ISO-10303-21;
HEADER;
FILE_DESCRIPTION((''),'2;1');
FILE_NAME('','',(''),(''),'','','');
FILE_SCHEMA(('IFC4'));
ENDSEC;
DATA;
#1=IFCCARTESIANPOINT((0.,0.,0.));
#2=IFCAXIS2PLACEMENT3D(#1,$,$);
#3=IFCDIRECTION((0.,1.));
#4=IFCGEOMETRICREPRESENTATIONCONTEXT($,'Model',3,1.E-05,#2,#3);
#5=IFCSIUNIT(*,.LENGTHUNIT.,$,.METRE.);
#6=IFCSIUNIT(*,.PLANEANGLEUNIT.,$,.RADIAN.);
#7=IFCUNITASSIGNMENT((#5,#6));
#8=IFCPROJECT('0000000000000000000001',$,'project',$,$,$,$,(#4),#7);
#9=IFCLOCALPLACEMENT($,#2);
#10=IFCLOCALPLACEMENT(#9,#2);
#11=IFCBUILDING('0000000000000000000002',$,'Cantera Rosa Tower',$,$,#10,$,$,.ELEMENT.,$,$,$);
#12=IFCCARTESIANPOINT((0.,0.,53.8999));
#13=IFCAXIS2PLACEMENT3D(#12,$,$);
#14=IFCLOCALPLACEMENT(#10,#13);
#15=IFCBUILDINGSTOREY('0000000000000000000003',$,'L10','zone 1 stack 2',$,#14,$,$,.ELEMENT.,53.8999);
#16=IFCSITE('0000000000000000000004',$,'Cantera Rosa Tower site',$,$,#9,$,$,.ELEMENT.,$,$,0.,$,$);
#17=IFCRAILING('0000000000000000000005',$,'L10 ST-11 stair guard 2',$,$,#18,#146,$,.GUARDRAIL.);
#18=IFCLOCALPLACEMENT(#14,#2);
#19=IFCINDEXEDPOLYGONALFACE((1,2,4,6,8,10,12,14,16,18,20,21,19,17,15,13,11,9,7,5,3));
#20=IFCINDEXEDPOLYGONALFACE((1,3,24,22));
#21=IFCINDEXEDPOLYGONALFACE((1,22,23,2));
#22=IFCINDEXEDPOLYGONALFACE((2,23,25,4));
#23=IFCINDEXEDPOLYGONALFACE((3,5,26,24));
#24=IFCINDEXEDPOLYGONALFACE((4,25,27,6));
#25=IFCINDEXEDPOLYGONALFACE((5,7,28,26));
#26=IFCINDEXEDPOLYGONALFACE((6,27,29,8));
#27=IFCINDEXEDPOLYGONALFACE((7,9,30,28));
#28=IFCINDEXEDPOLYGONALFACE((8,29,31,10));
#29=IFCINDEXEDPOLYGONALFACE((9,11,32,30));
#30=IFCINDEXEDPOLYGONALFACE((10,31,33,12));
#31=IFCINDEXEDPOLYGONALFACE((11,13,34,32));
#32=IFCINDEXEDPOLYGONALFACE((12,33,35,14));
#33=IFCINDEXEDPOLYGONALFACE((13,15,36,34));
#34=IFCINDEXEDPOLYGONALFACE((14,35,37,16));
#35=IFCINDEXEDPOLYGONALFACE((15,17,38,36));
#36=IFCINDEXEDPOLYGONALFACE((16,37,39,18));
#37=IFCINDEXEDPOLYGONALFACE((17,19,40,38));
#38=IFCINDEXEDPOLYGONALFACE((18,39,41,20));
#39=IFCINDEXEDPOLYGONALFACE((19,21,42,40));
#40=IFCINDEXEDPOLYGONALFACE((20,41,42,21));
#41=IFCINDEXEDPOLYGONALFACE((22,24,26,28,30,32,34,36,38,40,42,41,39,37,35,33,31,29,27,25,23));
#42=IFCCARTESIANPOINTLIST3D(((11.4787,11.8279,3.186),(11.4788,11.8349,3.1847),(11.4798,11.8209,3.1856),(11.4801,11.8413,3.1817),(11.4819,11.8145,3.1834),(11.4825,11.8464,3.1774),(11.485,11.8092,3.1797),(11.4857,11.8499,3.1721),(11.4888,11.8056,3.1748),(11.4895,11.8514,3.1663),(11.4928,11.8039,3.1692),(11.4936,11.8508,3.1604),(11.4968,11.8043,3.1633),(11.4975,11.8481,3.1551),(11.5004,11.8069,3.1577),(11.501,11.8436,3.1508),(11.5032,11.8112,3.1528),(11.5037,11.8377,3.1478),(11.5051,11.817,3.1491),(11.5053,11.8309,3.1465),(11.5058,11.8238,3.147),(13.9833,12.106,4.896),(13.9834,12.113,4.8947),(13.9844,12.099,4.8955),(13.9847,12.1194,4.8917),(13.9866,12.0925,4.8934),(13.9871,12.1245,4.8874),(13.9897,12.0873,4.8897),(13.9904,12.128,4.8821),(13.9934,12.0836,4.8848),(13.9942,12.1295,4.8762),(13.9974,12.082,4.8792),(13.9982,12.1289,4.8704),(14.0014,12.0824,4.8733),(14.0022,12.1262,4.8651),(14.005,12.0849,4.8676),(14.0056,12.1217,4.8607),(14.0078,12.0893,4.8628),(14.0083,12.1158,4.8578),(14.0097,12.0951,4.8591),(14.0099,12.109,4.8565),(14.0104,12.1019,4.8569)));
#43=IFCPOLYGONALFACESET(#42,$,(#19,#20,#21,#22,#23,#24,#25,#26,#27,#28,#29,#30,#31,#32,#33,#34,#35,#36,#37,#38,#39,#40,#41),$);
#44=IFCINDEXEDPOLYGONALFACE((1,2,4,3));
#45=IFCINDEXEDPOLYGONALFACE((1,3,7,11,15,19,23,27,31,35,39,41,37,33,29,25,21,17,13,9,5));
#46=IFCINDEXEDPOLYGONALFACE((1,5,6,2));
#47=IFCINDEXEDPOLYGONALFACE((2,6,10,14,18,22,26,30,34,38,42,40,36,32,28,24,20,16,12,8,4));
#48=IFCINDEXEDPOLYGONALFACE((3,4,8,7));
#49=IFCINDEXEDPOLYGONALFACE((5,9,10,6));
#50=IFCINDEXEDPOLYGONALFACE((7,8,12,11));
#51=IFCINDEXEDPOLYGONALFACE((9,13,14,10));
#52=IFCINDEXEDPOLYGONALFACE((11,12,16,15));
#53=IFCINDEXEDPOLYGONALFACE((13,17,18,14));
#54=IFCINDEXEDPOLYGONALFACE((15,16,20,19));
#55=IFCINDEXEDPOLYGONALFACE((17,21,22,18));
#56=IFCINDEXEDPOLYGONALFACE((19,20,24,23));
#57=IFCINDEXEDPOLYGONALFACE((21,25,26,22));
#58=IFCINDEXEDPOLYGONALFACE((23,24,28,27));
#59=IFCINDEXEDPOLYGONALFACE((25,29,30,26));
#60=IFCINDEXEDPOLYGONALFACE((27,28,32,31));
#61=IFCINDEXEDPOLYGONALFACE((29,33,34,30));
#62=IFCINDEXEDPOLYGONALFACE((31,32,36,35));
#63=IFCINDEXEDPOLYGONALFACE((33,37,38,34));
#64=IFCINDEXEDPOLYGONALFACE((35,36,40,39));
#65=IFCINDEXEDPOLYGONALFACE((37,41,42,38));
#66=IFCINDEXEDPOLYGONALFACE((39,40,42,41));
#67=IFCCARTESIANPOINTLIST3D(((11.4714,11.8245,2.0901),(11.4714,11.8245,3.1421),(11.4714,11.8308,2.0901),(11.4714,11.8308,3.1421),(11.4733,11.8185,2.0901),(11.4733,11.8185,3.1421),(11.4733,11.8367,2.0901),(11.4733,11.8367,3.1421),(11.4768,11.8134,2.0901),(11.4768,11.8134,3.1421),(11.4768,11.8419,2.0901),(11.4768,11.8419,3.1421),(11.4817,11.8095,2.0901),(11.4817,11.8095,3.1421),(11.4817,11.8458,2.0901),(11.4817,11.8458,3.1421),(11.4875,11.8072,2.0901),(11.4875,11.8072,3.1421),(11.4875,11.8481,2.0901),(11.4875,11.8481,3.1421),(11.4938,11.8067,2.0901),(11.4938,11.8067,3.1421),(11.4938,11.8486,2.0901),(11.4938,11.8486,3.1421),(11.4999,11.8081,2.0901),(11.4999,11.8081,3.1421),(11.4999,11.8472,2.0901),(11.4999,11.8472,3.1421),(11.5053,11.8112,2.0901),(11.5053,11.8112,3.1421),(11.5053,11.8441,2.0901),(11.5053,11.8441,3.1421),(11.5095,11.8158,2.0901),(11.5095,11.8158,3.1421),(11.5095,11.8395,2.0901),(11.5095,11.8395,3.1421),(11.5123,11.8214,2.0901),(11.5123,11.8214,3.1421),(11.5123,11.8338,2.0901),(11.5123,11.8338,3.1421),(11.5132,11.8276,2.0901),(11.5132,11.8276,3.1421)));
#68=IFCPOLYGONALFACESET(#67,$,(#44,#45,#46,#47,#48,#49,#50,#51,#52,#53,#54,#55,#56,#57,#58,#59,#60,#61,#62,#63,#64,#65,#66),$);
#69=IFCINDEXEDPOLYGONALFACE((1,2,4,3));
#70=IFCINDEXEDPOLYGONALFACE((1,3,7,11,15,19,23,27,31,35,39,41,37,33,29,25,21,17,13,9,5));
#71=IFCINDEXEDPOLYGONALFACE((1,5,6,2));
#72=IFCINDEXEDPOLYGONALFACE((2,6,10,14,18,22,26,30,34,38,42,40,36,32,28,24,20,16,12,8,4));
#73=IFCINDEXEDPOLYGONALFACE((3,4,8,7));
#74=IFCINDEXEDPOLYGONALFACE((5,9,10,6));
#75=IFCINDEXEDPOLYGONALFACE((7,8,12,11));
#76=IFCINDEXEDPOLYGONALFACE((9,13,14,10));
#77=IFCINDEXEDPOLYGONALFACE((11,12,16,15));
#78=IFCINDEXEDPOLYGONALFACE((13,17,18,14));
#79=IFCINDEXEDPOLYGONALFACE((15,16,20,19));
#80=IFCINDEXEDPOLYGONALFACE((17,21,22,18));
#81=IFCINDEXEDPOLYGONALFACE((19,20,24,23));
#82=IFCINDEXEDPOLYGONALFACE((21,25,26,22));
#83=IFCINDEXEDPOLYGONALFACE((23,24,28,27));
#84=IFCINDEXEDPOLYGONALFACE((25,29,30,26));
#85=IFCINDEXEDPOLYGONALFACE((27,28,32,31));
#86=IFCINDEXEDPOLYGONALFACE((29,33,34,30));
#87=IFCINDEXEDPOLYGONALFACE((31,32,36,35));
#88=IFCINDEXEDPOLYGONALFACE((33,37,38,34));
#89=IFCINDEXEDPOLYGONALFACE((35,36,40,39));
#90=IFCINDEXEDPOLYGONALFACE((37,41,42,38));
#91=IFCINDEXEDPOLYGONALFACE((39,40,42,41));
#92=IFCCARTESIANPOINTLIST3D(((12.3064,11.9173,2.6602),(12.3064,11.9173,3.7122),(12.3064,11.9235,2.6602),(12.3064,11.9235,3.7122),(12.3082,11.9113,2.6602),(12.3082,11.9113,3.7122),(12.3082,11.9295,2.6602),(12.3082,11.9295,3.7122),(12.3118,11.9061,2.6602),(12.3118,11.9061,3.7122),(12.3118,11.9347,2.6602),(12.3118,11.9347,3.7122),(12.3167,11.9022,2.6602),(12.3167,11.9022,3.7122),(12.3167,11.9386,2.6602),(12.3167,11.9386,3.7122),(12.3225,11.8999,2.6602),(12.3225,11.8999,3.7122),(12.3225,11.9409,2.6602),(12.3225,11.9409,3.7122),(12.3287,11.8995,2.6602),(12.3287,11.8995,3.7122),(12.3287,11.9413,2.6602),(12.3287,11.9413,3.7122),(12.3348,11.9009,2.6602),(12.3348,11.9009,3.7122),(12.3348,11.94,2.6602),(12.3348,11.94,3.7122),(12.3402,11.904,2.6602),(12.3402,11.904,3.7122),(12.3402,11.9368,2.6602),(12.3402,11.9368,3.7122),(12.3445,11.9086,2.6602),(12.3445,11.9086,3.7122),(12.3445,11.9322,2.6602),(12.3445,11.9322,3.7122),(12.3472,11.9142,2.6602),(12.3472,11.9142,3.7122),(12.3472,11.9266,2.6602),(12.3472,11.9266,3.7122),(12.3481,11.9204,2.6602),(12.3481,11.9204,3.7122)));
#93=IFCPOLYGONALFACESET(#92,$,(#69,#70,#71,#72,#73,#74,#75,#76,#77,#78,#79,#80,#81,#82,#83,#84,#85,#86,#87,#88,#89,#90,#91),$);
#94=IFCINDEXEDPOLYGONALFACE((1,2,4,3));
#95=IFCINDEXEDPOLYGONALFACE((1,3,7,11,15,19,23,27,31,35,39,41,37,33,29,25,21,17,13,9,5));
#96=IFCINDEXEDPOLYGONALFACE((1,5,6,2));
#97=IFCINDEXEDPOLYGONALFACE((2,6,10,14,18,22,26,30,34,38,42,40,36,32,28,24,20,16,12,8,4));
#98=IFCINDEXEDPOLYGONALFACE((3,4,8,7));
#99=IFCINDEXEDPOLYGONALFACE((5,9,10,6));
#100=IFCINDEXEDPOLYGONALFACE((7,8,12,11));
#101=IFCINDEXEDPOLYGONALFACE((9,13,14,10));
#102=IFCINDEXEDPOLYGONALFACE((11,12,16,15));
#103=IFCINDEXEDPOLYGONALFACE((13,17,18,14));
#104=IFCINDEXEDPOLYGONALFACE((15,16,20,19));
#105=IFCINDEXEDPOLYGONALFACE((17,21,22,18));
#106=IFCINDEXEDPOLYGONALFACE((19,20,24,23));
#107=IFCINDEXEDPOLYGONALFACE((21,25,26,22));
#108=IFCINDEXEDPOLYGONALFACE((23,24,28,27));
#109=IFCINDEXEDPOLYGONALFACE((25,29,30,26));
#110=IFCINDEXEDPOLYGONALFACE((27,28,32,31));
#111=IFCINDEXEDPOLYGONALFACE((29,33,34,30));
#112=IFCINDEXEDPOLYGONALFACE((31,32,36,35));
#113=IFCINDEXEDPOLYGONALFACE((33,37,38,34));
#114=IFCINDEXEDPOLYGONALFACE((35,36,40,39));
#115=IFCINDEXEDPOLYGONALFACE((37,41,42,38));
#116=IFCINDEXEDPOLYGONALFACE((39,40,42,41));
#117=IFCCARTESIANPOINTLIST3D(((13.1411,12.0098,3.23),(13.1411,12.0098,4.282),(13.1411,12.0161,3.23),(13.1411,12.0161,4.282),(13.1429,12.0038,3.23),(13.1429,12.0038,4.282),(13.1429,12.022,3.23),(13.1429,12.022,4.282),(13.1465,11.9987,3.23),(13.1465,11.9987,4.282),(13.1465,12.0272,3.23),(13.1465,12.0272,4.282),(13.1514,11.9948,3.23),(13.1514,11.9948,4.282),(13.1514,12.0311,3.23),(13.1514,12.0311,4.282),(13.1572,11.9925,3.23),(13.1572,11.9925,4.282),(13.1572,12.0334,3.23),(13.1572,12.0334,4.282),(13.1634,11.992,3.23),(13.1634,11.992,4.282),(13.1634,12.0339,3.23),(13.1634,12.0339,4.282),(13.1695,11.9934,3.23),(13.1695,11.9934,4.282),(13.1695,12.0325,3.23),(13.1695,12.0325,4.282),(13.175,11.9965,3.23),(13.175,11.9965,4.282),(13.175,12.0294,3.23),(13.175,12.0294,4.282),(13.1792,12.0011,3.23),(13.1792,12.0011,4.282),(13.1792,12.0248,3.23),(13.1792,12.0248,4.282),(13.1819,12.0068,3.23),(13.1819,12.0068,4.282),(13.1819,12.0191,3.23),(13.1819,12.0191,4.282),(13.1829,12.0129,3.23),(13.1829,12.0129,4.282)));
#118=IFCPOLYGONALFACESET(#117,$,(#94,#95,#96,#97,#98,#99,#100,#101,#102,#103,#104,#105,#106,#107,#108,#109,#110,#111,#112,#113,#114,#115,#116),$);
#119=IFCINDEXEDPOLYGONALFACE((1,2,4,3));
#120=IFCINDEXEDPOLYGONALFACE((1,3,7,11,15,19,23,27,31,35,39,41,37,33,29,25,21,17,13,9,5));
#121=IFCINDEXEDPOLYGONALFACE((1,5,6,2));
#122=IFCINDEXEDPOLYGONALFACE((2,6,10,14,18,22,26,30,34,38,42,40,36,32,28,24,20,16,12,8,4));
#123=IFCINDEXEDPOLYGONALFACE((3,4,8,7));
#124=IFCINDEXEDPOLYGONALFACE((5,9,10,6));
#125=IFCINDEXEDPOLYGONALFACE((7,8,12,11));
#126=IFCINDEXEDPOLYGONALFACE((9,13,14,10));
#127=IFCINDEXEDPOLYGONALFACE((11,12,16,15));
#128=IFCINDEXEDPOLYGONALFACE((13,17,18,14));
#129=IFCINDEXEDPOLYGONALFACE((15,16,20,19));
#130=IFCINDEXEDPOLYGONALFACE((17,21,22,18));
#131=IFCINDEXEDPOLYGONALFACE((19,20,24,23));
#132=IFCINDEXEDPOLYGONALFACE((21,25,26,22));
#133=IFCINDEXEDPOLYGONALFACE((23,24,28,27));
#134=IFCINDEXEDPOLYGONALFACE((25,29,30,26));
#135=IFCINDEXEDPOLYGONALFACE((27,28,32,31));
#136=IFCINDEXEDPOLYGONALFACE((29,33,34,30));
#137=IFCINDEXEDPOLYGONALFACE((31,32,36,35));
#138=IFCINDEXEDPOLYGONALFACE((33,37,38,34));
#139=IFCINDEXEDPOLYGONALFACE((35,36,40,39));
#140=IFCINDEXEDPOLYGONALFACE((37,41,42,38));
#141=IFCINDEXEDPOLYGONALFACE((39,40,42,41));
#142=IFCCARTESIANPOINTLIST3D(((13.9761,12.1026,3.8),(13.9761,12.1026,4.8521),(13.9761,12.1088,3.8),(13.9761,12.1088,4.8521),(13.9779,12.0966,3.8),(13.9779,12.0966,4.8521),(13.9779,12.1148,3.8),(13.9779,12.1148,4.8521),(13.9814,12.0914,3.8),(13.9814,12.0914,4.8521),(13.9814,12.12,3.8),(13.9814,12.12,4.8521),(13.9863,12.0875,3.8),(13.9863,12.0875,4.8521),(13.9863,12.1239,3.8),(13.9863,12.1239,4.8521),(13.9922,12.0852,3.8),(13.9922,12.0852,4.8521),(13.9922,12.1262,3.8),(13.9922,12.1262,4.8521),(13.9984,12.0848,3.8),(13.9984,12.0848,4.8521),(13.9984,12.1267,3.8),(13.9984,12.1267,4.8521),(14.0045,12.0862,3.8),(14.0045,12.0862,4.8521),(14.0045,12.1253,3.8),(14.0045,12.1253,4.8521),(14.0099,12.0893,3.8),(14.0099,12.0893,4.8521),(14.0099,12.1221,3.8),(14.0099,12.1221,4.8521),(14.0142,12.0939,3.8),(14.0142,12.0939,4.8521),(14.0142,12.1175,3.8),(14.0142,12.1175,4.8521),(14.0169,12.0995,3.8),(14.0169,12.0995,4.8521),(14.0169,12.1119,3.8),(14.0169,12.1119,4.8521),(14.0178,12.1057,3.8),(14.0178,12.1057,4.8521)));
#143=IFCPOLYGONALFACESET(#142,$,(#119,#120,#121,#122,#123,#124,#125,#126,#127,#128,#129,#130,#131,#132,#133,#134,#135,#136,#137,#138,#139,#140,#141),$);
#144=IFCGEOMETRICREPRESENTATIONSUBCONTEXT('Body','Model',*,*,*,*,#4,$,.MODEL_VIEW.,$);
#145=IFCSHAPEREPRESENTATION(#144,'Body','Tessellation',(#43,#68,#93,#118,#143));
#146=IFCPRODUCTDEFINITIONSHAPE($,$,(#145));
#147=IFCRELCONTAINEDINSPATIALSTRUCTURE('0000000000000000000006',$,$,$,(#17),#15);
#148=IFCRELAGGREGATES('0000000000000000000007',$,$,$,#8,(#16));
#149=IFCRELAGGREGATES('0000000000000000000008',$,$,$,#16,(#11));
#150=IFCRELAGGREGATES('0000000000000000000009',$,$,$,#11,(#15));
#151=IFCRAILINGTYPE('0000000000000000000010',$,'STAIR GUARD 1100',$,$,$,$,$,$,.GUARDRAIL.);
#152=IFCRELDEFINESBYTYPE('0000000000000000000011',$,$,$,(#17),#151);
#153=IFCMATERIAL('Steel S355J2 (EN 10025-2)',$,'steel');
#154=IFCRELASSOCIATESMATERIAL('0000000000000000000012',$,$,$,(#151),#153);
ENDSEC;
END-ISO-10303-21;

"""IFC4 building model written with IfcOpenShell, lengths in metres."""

from ifc_helpers import new_model, si_unit, direction, frame, origin, origin_2d, place, context, subcontext, project, spatial, circle, extrude, material, type_object, element, save


model = new_model("IFC4")

# Units and contexts
model_context = context("Model", 3, precision=1e-05, world=origin(), true_north=direction((0.0, 1.0)))
body_context = subcontext(model_context, "Body", "Model", "MODEL_VIEW")
ifc_project = project(units=[si_unit("LENGTHUNIT", "METRE"), si_unit("PLANEANGLEUNIT", "RADIAN")], contexts=[model_context])

# Site, building, storey
site_placement = place(None, origin())
site = spatial("IfcSite", under=ifc_project, at=site_placement, Name="Cantera Rosa Tower site", CompositionType="ELEMENT", RefElevation=0.0)
building_placement = place(site_placement, origin())
building = spatial("IfcBuilding", under=site, at=building_placement, Name="Cantera Rosa Tower", CompositionType="ELEMENT")
storey_placement = place(building_placement, frame((0.0, 0.0, 53.8999)))
storey = spatial("IfcBuildingStorey", under=building, at=storey_placement, Name="L10", Description="zone 1 stack 2", CompositionType="ELEMENT", Elevation=53.8999)

# Railing
ifc_material_1 = material(Name="Steel S355J2 (EN 10025-2)", Category="steel")
railing_type_1 = type_object("IfcRailingType", Name="STAIR GUARD 1100", PredefinedType="GUARDRAIL", material=ifc_material_1)
railing_1_placement = place(storey_placement, frame((11.4922, 11.8276, 2.0901)))
element("IfcRailing", 1, at=railing_1_placement, inside=storey, type_object=railing_type_1, Name="L10 ST-11 stair guard 2", PredefinedType="GUARDRAIL", context=body_context, shape_type="SweptSolid", body=[
    extrude(circle(Radius=0.0239, at=origin_2d()), frame((0.0, 0.0, 1.0762), z_axis=(0.822431, 0.09131, 0.561488), x_axis=(-0.110346, 0.993893, 0.0)), (0.0, 0.0, 1.0), 3.0454),
    extrude(circle(Radius=0.021, at=origin_2d()), origin(), (0.0, 0.0, 1.0), 1.052),
    extrude(circle(Radius=0.021, at=origin_2d()), frame((0.835, 0.0928, 0.5701)), (0.0, 0.0, 1.0), 1.052),
    extrude(circle(Radius=0.021, at=origin_2d()), frame((1.6697, 0.1853, 1.1399)), (0.0, 0.0, 1.0), 1.052),
    extrude(circle(Radius=0.021, at=origin_2d()), frame((2.5046, 0.2781, 1.71)), (0.0, 0.0, 1.0), 1.052),
])

save(model, "model.ifc")
